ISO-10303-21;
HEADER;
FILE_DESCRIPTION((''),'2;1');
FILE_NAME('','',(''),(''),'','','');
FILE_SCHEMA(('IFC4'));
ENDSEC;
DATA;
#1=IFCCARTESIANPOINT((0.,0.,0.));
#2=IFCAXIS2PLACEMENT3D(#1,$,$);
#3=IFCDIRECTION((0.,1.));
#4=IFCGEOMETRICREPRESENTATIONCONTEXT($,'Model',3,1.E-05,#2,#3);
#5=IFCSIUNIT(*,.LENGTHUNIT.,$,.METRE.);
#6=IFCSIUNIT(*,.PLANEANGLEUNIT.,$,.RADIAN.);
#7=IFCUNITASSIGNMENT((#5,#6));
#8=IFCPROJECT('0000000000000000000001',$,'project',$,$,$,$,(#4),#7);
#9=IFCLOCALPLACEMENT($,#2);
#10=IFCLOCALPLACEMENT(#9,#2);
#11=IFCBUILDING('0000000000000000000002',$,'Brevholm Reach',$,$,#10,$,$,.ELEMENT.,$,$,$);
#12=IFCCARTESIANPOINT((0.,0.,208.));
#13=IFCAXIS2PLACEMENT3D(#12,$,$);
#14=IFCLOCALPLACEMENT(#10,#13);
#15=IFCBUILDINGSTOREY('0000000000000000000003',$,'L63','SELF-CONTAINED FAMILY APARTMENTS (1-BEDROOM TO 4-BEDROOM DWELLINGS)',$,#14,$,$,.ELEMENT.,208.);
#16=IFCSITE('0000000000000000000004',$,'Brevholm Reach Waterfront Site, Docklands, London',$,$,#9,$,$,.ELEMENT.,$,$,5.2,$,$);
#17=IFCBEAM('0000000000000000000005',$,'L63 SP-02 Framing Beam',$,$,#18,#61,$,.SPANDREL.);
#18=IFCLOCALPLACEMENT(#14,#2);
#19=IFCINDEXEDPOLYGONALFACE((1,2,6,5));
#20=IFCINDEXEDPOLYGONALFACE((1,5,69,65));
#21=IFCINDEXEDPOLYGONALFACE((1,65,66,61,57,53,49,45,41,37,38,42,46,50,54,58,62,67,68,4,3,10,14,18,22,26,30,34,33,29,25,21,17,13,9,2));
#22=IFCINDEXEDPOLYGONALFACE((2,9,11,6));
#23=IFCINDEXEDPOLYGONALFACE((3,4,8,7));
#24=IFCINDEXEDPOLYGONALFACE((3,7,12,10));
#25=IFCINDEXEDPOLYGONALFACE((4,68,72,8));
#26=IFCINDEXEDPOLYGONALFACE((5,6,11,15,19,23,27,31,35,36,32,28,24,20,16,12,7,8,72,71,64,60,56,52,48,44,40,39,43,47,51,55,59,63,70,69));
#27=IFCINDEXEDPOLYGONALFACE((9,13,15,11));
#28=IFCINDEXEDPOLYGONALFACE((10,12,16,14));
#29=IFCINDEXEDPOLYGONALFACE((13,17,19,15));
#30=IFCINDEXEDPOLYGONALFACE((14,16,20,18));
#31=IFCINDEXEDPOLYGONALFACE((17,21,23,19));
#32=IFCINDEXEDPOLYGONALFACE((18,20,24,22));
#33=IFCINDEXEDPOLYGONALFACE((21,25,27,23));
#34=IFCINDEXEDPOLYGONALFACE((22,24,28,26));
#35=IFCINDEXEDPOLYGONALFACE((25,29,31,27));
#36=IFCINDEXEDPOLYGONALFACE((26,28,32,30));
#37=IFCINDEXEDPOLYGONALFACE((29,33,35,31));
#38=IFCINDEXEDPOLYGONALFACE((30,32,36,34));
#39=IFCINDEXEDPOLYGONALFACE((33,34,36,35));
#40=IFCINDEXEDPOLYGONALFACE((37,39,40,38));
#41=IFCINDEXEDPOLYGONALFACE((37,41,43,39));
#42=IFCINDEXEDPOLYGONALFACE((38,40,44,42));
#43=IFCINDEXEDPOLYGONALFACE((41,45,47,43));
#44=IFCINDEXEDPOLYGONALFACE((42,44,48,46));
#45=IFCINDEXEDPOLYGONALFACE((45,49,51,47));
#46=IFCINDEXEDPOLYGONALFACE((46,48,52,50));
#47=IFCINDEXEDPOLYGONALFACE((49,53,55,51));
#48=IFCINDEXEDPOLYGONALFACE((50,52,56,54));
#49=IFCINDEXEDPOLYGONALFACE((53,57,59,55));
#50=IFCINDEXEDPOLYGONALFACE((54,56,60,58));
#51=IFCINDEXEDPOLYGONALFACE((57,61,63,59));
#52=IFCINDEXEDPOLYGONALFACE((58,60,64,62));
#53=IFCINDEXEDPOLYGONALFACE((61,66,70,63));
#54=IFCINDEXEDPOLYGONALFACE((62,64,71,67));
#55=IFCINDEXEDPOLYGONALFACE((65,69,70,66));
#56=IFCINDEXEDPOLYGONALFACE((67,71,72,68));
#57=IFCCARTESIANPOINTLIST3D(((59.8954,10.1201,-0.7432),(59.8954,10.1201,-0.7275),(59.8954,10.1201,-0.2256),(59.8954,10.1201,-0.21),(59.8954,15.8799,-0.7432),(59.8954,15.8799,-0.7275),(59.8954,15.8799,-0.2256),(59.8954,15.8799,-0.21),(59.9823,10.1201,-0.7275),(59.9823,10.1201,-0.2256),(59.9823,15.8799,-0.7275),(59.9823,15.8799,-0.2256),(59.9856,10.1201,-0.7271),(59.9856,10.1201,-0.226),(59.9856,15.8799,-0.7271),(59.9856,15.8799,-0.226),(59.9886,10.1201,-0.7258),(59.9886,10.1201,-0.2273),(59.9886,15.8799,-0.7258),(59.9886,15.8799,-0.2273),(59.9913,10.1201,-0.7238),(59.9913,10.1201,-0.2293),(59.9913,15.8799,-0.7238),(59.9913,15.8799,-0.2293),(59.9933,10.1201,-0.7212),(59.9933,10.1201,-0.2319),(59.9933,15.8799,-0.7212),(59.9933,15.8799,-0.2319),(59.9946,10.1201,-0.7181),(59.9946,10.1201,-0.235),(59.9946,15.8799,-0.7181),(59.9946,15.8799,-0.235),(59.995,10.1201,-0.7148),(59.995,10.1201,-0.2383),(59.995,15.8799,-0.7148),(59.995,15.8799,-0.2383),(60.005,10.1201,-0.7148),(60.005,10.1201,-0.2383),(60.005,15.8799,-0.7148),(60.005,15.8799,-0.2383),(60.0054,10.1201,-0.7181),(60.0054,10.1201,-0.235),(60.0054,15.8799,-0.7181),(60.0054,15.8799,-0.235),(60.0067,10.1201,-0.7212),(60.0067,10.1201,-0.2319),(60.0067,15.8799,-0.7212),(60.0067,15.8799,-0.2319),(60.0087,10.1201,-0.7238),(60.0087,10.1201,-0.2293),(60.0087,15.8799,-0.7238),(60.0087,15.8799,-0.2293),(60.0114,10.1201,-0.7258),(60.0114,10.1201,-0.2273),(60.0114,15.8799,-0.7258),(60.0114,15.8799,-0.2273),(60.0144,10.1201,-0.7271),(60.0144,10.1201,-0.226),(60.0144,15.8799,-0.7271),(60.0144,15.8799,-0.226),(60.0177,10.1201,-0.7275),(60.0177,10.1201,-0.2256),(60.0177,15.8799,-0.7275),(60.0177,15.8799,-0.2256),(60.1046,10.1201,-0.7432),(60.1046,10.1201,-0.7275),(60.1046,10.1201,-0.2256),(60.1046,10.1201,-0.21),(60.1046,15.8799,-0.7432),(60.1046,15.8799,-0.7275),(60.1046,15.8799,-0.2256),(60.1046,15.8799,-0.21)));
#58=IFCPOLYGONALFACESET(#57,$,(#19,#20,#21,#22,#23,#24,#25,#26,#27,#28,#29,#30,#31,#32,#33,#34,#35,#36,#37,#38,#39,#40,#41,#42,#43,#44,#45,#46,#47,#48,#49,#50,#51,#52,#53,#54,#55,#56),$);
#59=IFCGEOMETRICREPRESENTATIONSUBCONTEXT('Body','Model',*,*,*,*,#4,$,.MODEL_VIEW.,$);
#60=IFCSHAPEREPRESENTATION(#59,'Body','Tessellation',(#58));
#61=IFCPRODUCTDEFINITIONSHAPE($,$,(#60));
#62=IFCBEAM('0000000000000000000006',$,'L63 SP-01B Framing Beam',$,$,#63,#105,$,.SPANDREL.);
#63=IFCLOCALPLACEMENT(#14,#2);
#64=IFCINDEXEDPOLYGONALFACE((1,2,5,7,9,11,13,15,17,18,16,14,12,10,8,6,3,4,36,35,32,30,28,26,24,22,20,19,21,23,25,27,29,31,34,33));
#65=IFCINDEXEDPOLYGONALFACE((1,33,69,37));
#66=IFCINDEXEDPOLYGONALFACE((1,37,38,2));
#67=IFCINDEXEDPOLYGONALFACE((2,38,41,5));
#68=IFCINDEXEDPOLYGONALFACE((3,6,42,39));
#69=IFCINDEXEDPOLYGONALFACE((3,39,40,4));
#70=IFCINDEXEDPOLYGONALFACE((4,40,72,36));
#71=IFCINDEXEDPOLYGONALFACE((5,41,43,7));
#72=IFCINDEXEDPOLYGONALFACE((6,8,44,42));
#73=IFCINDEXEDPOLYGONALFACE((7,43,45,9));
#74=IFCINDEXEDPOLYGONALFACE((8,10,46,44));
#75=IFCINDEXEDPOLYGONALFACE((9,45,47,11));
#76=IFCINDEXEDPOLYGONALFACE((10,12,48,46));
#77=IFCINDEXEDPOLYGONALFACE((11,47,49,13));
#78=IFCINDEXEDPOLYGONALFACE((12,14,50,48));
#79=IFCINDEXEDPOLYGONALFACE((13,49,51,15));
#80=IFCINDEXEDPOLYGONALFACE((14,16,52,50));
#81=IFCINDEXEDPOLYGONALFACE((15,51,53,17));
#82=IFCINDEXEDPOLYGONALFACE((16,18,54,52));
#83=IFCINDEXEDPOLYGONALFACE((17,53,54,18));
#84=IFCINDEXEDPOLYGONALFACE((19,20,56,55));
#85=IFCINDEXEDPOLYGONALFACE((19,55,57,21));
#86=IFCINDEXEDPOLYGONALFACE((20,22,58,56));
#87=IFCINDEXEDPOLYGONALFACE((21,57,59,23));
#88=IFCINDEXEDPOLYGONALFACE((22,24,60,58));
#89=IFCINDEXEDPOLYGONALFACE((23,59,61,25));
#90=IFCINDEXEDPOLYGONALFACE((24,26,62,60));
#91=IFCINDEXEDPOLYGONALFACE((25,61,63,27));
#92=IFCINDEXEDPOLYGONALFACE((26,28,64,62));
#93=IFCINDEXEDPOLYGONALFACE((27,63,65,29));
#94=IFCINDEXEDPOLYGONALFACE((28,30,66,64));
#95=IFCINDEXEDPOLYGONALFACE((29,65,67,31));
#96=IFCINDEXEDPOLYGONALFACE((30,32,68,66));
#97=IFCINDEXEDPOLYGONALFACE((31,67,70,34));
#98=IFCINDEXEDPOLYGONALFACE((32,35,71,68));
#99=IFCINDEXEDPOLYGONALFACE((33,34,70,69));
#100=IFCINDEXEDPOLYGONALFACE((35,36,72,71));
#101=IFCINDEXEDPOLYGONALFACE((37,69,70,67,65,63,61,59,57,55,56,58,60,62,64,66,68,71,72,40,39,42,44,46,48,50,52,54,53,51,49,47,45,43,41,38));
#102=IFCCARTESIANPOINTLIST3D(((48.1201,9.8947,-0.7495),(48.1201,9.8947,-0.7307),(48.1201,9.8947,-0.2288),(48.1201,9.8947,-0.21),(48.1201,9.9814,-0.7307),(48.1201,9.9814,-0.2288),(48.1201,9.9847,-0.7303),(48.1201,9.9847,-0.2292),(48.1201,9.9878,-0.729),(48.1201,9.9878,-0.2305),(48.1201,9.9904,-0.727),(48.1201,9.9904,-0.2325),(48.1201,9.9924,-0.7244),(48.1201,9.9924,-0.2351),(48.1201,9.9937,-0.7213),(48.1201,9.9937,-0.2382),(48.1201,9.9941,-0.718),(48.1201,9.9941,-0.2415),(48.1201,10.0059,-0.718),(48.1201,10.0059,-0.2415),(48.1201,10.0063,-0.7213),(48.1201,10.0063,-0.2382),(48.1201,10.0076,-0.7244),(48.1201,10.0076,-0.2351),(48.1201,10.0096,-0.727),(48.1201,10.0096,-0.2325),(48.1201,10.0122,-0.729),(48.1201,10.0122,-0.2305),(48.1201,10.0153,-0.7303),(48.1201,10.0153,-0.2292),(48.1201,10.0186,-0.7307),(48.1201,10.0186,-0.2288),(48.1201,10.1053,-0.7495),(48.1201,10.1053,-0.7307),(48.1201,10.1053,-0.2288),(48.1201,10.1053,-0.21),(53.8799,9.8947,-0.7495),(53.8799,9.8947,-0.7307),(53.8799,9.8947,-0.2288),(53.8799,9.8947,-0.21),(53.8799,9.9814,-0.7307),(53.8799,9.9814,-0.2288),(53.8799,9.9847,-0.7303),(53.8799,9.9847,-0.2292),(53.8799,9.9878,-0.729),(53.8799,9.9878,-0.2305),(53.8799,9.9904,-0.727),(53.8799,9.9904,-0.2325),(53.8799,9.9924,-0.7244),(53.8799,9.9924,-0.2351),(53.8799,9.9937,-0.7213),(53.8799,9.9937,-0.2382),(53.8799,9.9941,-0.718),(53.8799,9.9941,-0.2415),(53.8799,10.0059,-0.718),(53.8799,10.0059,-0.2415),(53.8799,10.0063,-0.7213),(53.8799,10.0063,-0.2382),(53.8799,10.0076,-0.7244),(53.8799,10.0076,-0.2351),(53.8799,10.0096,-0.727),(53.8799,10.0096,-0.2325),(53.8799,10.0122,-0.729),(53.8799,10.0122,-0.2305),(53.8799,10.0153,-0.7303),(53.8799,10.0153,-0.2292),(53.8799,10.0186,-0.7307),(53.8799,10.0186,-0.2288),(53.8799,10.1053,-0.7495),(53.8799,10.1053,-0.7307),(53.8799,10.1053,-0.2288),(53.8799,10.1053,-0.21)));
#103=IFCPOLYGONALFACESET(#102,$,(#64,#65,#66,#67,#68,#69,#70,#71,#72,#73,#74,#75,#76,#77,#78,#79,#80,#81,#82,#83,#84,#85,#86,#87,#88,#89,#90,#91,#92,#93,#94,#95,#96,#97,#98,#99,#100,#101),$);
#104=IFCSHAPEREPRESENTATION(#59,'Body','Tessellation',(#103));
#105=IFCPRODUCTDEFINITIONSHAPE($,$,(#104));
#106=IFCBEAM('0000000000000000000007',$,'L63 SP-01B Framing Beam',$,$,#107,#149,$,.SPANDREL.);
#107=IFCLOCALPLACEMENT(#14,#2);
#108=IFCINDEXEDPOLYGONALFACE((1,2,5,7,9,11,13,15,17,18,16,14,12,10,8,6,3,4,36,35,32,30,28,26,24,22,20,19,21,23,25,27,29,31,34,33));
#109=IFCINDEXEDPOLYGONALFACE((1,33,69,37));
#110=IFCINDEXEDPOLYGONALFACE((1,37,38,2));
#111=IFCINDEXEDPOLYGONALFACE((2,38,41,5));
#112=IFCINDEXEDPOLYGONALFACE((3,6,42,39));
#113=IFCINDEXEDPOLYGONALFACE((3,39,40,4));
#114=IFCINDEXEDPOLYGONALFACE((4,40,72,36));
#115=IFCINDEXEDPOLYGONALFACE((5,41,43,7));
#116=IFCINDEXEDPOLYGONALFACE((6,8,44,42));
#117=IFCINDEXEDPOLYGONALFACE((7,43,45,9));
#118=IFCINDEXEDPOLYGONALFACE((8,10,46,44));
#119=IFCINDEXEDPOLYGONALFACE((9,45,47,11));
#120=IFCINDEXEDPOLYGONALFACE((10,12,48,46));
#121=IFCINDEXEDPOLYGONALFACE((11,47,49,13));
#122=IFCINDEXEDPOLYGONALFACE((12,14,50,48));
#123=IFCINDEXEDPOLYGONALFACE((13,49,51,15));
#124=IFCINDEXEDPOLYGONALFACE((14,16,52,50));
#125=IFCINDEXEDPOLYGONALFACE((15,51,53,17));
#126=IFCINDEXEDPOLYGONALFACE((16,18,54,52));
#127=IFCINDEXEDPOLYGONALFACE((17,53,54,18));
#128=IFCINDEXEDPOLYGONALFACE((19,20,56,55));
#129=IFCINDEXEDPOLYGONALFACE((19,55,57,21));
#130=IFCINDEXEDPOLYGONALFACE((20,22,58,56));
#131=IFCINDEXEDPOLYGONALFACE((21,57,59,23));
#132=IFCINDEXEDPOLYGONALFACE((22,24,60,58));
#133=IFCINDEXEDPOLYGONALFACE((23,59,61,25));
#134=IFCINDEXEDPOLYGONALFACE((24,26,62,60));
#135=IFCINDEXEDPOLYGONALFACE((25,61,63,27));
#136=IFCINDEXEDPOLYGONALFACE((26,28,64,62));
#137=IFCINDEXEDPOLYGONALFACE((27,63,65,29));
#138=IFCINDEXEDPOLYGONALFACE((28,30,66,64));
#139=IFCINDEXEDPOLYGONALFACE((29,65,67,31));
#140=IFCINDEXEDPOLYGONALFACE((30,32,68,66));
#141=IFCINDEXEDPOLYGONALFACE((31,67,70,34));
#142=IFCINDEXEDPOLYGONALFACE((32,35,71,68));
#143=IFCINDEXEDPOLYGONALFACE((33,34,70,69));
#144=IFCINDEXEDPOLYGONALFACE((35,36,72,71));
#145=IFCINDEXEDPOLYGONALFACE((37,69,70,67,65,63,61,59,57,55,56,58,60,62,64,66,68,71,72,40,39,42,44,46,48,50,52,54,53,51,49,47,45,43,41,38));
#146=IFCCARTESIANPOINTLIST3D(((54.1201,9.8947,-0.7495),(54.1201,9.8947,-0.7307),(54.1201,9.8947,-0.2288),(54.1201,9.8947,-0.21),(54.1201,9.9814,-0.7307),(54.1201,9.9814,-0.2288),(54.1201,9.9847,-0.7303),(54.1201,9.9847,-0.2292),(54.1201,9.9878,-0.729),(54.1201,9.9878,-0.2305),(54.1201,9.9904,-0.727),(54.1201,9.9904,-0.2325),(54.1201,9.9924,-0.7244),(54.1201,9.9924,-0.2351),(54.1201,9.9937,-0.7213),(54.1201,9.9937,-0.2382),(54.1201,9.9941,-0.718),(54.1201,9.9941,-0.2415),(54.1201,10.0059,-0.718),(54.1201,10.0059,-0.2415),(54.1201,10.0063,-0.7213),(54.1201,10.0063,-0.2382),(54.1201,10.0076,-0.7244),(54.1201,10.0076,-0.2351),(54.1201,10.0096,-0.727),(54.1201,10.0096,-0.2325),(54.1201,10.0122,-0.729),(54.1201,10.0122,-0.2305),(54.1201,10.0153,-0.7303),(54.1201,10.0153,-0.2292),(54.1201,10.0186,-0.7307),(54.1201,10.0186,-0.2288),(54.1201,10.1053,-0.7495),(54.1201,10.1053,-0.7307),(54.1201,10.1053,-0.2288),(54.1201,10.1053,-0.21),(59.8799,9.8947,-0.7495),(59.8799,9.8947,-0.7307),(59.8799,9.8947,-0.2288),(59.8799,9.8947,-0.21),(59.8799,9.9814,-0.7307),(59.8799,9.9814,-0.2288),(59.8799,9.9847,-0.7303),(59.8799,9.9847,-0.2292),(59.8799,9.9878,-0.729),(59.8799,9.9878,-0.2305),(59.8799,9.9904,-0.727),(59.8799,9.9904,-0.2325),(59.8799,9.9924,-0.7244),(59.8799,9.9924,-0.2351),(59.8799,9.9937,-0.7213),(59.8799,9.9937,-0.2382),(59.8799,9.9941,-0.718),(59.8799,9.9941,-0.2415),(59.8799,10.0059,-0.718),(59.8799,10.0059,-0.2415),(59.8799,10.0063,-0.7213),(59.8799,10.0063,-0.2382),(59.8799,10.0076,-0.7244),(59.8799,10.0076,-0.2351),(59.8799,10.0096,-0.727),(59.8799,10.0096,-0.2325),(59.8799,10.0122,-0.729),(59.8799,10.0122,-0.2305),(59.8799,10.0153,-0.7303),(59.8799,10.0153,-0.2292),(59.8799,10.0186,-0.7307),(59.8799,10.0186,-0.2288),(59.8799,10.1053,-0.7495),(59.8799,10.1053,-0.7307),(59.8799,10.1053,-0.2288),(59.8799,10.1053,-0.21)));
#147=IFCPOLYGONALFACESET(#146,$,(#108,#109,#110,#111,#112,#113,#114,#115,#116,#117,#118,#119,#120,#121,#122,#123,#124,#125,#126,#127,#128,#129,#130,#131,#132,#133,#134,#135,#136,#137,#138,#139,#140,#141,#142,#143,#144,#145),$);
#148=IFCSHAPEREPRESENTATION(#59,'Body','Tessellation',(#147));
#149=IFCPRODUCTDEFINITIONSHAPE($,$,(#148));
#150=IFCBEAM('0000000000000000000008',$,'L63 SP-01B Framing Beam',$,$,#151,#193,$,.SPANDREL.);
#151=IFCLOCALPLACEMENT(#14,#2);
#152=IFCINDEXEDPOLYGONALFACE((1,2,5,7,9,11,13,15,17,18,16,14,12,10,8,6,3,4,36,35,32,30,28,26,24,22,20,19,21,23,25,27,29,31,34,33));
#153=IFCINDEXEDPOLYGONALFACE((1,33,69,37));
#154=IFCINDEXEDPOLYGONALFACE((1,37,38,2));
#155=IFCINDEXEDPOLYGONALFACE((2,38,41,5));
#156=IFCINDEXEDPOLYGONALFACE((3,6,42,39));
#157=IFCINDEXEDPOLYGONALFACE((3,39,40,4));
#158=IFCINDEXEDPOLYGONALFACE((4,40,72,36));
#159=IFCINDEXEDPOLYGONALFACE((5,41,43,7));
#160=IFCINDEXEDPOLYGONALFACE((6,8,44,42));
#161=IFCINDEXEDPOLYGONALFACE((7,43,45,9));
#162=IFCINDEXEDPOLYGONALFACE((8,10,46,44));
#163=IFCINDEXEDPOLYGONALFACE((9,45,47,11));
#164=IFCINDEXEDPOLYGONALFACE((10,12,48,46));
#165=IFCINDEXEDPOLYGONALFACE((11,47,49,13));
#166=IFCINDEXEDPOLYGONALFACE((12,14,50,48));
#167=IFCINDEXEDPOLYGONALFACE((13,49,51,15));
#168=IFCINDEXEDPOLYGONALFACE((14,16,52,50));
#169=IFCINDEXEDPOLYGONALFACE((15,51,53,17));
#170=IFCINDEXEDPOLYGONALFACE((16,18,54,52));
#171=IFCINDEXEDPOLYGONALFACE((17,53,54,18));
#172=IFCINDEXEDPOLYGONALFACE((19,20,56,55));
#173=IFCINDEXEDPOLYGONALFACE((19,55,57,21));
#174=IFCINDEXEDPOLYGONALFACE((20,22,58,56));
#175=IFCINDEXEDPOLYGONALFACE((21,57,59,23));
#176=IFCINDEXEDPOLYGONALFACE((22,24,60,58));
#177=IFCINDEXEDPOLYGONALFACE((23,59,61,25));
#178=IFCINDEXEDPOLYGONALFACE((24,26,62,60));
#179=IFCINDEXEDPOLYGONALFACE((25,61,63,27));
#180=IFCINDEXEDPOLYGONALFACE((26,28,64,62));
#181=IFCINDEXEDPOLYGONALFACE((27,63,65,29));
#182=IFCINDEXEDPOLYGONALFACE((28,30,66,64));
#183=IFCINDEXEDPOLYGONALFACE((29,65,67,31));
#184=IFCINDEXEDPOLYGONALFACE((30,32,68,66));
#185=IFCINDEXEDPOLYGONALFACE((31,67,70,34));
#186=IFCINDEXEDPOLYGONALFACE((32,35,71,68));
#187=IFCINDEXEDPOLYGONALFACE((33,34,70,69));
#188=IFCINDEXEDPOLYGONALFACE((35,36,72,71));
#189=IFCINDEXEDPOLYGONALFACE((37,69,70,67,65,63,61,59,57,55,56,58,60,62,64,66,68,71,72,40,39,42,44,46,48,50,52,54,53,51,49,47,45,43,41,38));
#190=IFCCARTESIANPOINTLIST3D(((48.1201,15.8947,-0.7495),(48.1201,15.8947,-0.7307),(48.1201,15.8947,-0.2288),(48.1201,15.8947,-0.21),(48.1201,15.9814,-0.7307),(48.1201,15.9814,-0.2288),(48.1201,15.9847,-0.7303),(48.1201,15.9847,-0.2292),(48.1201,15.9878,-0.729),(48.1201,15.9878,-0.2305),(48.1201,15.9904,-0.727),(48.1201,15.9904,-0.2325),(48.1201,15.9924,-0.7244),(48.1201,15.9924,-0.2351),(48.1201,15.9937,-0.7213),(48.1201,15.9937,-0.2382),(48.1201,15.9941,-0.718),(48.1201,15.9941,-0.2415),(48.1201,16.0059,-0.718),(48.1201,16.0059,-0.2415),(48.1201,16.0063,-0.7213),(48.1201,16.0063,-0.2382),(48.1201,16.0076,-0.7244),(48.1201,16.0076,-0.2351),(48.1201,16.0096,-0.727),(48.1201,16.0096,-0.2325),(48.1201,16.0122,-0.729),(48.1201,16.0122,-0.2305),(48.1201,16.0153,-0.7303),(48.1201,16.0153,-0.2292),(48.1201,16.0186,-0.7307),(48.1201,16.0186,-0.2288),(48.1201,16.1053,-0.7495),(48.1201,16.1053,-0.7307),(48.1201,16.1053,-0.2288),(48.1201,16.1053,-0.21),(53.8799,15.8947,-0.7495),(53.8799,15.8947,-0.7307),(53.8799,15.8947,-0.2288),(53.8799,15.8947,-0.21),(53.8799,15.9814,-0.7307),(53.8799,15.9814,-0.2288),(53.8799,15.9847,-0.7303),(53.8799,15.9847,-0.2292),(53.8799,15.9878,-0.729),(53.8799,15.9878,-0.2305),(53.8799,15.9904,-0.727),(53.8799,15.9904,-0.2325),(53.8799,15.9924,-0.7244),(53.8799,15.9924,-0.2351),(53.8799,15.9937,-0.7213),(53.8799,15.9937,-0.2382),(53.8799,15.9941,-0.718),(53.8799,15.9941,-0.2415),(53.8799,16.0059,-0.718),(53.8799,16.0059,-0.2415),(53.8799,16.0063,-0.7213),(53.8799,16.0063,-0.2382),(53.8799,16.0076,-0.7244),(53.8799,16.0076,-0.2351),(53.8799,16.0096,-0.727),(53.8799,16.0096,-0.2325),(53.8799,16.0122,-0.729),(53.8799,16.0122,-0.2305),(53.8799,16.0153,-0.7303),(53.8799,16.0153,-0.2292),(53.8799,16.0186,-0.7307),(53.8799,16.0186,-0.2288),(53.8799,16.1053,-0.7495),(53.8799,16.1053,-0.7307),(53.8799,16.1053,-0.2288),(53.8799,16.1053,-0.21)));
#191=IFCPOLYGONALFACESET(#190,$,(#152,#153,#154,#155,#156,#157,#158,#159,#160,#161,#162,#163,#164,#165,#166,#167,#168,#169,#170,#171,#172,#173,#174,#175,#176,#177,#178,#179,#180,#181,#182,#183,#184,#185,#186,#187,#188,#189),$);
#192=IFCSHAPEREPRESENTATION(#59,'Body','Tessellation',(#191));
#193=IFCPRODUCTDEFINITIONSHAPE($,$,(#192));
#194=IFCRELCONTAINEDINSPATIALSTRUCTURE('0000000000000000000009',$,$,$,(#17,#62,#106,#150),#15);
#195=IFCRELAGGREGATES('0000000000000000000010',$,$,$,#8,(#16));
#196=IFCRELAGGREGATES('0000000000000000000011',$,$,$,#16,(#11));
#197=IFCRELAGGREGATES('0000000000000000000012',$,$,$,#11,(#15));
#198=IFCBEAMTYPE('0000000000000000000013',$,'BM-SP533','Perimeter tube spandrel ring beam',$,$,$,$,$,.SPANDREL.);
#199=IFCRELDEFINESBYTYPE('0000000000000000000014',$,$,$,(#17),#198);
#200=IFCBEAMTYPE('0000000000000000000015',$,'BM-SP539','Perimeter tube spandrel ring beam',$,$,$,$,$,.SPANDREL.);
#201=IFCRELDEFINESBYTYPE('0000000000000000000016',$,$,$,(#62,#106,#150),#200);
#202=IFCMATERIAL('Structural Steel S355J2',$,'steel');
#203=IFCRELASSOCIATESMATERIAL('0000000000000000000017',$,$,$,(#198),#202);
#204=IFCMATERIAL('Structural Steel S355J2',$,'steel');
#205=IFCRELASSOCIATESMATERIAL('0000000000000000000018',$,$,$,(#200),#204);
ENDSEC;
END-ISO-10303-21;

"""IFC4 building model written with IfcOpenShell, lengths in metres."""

from ifc_helpers import new_model, si_unit, direction, frame, origin, origin_2d, place, context, subcontext, project, spatial, i_section, extrude, material, material_profile, profile_set, type_object, element, save


model = new_model("IFC4")

# Units and contexts
model_context = context("Model", 3, precision=1e-05, world=origin(), true_north=direction((0.0, 1.0)))
body_context = subcontext(model_context, "Body", "Model", "MODEL_VIEW")
ifc_project = project(units=[si_unit("LENGTHUNIT", "METRE"), si_unit("PLANEANGLEUNIT", "RADIAN")], contexts=[model_context])

# Site, building, storey
site_placement = place(None, origin())
site = spatial("IfcSite", under=ifc_project, at=site_placement, Name="Brevholm Reach Waterfront Site, Docklands, London", CompositionType="ELEMENT", RefElevation=5.2)
building_placement = place(site_placement, origin())
building = spatial("IfcBuilding", under=site, at=building_placement, Name="Brevholm Reach", CompositionType="ELEMENT")
storey_placement = place(building_placement, frame((0.0, 0.0, 208.0)))
storey = spatial("IfcBuildingStorey", under=building, at=storey_placement, Name="L63", Description="SELF-CONTAINED FAMILY APARTMENTS (1-BEDROOM TO 4-BEDROOM DWELLINGS)", CompositionType="ELEMENT", Elevation=208.0)

# Beams
ifc_material_1 = material(Name="Structural Steel S355J2", Category="steel")
ifc_material_profile_1 = material_profile(ifc_material_1, i_section(OverallWidth=0.2092, OverallDepth=0.5332, WebThickness=0.01, FlangeThickness=0.0156, FilletRadius=0.0127, at=origin_2d()), Name="UKB 533x210x92")
ifc_profile_set_1 = profile_set([ifc_material_profile_1], Name="Structural Steel S355J2")
beam_type_1 = type_object("IfcBeamType", Name="BM-SP533", Description="Perimeter tube spandrel ring beam", PredefinedType="SPANDREL", material=ifc_profile_set_1)
beam_placement = place(storey_placement, frame((60.0, 10.1201, -0.4766), z_axis=(0.0, 1.0, 0.0), x_axis=(-1.0, 0.0, 0.0)))
element("IfcBeam", 1, at=beam_placement, inside=storey, type_object=beam_type_1, Name="L63 SP-02 Framing Beam", PredefinedType="SPANDREL", context=body_context, shape_type="SweptSolid", body=[
    extrude(i_section(OverallWidth=0.2092, OverallDepth=0.5332, WebThickness=0.01, FlangeThickness=0.0156, FilletRadius=0.0127, at=origin_2d()), origin(), (0.0, 0.0, 1.0), 5.7598),
])
ifc_material_2 = material(Name="Structural Steel S355J2", Category="steel")
ifc_material_profile_2 = material_profile(ifc_material_2, i_section(OverallWidth=0.2107, OverallDepth=0.5396, WebThickness=0.0117, FlangeThickness=0.0188, FilletRadius=0.0127, at=origin_2d()), Name="UKB 533x210x109")
ifc_profile_set_2 = profile_set([ifc_material_profile_2], Name="Structural Steel S355J2")
beam_type_2 = type_object("IfcBeamType", Name="BM-SP539", Description="Perimeter tube spandrel ring beam", PredefinedType="SPANDREL", material=ifc_profile_set_2)
for number, where, z_axis, x_axis, name in (
    (2, (48.1201, 10.0, -0.4797), (1.0, 0.0, 0.0), (0.0, 1.0, 0.0), "L63 SP-01B Framing Beam"),
    (3, (54.1201, 10.0, -0.4797), (1.0, 0.0, 0.0), (0.0, 1.0, 0.0), "L63 SP-01B Framing Beam"),
    (4, (48.1201, 16.0, -0.4797), (1.0, 0.0, 0.0), (0.0, 1.0, 0.0), "L63 SP-01B Framing Beam"),
):
    element("IfcBeam", number, at=place(storey_placement, frame(where, z_axis=z_axis, x_axis=x_axis)), inside=storey, type_object=beam_type_2, Name=name, PredefinedType="SPANDREL", context=body_context, shape_type="SweptSolid", body=[
        extrude(i_section(OverallWidth=0.2107, OverallDepth=0.5396, WebThickness=0.0117, FlangeThickness=0.0188, FilletRadius=0.0127, at=origin_2d()), origin(), (0.0, 0.0, 1.0), 5.7598),
    ])

save(model, "model.ifc")
